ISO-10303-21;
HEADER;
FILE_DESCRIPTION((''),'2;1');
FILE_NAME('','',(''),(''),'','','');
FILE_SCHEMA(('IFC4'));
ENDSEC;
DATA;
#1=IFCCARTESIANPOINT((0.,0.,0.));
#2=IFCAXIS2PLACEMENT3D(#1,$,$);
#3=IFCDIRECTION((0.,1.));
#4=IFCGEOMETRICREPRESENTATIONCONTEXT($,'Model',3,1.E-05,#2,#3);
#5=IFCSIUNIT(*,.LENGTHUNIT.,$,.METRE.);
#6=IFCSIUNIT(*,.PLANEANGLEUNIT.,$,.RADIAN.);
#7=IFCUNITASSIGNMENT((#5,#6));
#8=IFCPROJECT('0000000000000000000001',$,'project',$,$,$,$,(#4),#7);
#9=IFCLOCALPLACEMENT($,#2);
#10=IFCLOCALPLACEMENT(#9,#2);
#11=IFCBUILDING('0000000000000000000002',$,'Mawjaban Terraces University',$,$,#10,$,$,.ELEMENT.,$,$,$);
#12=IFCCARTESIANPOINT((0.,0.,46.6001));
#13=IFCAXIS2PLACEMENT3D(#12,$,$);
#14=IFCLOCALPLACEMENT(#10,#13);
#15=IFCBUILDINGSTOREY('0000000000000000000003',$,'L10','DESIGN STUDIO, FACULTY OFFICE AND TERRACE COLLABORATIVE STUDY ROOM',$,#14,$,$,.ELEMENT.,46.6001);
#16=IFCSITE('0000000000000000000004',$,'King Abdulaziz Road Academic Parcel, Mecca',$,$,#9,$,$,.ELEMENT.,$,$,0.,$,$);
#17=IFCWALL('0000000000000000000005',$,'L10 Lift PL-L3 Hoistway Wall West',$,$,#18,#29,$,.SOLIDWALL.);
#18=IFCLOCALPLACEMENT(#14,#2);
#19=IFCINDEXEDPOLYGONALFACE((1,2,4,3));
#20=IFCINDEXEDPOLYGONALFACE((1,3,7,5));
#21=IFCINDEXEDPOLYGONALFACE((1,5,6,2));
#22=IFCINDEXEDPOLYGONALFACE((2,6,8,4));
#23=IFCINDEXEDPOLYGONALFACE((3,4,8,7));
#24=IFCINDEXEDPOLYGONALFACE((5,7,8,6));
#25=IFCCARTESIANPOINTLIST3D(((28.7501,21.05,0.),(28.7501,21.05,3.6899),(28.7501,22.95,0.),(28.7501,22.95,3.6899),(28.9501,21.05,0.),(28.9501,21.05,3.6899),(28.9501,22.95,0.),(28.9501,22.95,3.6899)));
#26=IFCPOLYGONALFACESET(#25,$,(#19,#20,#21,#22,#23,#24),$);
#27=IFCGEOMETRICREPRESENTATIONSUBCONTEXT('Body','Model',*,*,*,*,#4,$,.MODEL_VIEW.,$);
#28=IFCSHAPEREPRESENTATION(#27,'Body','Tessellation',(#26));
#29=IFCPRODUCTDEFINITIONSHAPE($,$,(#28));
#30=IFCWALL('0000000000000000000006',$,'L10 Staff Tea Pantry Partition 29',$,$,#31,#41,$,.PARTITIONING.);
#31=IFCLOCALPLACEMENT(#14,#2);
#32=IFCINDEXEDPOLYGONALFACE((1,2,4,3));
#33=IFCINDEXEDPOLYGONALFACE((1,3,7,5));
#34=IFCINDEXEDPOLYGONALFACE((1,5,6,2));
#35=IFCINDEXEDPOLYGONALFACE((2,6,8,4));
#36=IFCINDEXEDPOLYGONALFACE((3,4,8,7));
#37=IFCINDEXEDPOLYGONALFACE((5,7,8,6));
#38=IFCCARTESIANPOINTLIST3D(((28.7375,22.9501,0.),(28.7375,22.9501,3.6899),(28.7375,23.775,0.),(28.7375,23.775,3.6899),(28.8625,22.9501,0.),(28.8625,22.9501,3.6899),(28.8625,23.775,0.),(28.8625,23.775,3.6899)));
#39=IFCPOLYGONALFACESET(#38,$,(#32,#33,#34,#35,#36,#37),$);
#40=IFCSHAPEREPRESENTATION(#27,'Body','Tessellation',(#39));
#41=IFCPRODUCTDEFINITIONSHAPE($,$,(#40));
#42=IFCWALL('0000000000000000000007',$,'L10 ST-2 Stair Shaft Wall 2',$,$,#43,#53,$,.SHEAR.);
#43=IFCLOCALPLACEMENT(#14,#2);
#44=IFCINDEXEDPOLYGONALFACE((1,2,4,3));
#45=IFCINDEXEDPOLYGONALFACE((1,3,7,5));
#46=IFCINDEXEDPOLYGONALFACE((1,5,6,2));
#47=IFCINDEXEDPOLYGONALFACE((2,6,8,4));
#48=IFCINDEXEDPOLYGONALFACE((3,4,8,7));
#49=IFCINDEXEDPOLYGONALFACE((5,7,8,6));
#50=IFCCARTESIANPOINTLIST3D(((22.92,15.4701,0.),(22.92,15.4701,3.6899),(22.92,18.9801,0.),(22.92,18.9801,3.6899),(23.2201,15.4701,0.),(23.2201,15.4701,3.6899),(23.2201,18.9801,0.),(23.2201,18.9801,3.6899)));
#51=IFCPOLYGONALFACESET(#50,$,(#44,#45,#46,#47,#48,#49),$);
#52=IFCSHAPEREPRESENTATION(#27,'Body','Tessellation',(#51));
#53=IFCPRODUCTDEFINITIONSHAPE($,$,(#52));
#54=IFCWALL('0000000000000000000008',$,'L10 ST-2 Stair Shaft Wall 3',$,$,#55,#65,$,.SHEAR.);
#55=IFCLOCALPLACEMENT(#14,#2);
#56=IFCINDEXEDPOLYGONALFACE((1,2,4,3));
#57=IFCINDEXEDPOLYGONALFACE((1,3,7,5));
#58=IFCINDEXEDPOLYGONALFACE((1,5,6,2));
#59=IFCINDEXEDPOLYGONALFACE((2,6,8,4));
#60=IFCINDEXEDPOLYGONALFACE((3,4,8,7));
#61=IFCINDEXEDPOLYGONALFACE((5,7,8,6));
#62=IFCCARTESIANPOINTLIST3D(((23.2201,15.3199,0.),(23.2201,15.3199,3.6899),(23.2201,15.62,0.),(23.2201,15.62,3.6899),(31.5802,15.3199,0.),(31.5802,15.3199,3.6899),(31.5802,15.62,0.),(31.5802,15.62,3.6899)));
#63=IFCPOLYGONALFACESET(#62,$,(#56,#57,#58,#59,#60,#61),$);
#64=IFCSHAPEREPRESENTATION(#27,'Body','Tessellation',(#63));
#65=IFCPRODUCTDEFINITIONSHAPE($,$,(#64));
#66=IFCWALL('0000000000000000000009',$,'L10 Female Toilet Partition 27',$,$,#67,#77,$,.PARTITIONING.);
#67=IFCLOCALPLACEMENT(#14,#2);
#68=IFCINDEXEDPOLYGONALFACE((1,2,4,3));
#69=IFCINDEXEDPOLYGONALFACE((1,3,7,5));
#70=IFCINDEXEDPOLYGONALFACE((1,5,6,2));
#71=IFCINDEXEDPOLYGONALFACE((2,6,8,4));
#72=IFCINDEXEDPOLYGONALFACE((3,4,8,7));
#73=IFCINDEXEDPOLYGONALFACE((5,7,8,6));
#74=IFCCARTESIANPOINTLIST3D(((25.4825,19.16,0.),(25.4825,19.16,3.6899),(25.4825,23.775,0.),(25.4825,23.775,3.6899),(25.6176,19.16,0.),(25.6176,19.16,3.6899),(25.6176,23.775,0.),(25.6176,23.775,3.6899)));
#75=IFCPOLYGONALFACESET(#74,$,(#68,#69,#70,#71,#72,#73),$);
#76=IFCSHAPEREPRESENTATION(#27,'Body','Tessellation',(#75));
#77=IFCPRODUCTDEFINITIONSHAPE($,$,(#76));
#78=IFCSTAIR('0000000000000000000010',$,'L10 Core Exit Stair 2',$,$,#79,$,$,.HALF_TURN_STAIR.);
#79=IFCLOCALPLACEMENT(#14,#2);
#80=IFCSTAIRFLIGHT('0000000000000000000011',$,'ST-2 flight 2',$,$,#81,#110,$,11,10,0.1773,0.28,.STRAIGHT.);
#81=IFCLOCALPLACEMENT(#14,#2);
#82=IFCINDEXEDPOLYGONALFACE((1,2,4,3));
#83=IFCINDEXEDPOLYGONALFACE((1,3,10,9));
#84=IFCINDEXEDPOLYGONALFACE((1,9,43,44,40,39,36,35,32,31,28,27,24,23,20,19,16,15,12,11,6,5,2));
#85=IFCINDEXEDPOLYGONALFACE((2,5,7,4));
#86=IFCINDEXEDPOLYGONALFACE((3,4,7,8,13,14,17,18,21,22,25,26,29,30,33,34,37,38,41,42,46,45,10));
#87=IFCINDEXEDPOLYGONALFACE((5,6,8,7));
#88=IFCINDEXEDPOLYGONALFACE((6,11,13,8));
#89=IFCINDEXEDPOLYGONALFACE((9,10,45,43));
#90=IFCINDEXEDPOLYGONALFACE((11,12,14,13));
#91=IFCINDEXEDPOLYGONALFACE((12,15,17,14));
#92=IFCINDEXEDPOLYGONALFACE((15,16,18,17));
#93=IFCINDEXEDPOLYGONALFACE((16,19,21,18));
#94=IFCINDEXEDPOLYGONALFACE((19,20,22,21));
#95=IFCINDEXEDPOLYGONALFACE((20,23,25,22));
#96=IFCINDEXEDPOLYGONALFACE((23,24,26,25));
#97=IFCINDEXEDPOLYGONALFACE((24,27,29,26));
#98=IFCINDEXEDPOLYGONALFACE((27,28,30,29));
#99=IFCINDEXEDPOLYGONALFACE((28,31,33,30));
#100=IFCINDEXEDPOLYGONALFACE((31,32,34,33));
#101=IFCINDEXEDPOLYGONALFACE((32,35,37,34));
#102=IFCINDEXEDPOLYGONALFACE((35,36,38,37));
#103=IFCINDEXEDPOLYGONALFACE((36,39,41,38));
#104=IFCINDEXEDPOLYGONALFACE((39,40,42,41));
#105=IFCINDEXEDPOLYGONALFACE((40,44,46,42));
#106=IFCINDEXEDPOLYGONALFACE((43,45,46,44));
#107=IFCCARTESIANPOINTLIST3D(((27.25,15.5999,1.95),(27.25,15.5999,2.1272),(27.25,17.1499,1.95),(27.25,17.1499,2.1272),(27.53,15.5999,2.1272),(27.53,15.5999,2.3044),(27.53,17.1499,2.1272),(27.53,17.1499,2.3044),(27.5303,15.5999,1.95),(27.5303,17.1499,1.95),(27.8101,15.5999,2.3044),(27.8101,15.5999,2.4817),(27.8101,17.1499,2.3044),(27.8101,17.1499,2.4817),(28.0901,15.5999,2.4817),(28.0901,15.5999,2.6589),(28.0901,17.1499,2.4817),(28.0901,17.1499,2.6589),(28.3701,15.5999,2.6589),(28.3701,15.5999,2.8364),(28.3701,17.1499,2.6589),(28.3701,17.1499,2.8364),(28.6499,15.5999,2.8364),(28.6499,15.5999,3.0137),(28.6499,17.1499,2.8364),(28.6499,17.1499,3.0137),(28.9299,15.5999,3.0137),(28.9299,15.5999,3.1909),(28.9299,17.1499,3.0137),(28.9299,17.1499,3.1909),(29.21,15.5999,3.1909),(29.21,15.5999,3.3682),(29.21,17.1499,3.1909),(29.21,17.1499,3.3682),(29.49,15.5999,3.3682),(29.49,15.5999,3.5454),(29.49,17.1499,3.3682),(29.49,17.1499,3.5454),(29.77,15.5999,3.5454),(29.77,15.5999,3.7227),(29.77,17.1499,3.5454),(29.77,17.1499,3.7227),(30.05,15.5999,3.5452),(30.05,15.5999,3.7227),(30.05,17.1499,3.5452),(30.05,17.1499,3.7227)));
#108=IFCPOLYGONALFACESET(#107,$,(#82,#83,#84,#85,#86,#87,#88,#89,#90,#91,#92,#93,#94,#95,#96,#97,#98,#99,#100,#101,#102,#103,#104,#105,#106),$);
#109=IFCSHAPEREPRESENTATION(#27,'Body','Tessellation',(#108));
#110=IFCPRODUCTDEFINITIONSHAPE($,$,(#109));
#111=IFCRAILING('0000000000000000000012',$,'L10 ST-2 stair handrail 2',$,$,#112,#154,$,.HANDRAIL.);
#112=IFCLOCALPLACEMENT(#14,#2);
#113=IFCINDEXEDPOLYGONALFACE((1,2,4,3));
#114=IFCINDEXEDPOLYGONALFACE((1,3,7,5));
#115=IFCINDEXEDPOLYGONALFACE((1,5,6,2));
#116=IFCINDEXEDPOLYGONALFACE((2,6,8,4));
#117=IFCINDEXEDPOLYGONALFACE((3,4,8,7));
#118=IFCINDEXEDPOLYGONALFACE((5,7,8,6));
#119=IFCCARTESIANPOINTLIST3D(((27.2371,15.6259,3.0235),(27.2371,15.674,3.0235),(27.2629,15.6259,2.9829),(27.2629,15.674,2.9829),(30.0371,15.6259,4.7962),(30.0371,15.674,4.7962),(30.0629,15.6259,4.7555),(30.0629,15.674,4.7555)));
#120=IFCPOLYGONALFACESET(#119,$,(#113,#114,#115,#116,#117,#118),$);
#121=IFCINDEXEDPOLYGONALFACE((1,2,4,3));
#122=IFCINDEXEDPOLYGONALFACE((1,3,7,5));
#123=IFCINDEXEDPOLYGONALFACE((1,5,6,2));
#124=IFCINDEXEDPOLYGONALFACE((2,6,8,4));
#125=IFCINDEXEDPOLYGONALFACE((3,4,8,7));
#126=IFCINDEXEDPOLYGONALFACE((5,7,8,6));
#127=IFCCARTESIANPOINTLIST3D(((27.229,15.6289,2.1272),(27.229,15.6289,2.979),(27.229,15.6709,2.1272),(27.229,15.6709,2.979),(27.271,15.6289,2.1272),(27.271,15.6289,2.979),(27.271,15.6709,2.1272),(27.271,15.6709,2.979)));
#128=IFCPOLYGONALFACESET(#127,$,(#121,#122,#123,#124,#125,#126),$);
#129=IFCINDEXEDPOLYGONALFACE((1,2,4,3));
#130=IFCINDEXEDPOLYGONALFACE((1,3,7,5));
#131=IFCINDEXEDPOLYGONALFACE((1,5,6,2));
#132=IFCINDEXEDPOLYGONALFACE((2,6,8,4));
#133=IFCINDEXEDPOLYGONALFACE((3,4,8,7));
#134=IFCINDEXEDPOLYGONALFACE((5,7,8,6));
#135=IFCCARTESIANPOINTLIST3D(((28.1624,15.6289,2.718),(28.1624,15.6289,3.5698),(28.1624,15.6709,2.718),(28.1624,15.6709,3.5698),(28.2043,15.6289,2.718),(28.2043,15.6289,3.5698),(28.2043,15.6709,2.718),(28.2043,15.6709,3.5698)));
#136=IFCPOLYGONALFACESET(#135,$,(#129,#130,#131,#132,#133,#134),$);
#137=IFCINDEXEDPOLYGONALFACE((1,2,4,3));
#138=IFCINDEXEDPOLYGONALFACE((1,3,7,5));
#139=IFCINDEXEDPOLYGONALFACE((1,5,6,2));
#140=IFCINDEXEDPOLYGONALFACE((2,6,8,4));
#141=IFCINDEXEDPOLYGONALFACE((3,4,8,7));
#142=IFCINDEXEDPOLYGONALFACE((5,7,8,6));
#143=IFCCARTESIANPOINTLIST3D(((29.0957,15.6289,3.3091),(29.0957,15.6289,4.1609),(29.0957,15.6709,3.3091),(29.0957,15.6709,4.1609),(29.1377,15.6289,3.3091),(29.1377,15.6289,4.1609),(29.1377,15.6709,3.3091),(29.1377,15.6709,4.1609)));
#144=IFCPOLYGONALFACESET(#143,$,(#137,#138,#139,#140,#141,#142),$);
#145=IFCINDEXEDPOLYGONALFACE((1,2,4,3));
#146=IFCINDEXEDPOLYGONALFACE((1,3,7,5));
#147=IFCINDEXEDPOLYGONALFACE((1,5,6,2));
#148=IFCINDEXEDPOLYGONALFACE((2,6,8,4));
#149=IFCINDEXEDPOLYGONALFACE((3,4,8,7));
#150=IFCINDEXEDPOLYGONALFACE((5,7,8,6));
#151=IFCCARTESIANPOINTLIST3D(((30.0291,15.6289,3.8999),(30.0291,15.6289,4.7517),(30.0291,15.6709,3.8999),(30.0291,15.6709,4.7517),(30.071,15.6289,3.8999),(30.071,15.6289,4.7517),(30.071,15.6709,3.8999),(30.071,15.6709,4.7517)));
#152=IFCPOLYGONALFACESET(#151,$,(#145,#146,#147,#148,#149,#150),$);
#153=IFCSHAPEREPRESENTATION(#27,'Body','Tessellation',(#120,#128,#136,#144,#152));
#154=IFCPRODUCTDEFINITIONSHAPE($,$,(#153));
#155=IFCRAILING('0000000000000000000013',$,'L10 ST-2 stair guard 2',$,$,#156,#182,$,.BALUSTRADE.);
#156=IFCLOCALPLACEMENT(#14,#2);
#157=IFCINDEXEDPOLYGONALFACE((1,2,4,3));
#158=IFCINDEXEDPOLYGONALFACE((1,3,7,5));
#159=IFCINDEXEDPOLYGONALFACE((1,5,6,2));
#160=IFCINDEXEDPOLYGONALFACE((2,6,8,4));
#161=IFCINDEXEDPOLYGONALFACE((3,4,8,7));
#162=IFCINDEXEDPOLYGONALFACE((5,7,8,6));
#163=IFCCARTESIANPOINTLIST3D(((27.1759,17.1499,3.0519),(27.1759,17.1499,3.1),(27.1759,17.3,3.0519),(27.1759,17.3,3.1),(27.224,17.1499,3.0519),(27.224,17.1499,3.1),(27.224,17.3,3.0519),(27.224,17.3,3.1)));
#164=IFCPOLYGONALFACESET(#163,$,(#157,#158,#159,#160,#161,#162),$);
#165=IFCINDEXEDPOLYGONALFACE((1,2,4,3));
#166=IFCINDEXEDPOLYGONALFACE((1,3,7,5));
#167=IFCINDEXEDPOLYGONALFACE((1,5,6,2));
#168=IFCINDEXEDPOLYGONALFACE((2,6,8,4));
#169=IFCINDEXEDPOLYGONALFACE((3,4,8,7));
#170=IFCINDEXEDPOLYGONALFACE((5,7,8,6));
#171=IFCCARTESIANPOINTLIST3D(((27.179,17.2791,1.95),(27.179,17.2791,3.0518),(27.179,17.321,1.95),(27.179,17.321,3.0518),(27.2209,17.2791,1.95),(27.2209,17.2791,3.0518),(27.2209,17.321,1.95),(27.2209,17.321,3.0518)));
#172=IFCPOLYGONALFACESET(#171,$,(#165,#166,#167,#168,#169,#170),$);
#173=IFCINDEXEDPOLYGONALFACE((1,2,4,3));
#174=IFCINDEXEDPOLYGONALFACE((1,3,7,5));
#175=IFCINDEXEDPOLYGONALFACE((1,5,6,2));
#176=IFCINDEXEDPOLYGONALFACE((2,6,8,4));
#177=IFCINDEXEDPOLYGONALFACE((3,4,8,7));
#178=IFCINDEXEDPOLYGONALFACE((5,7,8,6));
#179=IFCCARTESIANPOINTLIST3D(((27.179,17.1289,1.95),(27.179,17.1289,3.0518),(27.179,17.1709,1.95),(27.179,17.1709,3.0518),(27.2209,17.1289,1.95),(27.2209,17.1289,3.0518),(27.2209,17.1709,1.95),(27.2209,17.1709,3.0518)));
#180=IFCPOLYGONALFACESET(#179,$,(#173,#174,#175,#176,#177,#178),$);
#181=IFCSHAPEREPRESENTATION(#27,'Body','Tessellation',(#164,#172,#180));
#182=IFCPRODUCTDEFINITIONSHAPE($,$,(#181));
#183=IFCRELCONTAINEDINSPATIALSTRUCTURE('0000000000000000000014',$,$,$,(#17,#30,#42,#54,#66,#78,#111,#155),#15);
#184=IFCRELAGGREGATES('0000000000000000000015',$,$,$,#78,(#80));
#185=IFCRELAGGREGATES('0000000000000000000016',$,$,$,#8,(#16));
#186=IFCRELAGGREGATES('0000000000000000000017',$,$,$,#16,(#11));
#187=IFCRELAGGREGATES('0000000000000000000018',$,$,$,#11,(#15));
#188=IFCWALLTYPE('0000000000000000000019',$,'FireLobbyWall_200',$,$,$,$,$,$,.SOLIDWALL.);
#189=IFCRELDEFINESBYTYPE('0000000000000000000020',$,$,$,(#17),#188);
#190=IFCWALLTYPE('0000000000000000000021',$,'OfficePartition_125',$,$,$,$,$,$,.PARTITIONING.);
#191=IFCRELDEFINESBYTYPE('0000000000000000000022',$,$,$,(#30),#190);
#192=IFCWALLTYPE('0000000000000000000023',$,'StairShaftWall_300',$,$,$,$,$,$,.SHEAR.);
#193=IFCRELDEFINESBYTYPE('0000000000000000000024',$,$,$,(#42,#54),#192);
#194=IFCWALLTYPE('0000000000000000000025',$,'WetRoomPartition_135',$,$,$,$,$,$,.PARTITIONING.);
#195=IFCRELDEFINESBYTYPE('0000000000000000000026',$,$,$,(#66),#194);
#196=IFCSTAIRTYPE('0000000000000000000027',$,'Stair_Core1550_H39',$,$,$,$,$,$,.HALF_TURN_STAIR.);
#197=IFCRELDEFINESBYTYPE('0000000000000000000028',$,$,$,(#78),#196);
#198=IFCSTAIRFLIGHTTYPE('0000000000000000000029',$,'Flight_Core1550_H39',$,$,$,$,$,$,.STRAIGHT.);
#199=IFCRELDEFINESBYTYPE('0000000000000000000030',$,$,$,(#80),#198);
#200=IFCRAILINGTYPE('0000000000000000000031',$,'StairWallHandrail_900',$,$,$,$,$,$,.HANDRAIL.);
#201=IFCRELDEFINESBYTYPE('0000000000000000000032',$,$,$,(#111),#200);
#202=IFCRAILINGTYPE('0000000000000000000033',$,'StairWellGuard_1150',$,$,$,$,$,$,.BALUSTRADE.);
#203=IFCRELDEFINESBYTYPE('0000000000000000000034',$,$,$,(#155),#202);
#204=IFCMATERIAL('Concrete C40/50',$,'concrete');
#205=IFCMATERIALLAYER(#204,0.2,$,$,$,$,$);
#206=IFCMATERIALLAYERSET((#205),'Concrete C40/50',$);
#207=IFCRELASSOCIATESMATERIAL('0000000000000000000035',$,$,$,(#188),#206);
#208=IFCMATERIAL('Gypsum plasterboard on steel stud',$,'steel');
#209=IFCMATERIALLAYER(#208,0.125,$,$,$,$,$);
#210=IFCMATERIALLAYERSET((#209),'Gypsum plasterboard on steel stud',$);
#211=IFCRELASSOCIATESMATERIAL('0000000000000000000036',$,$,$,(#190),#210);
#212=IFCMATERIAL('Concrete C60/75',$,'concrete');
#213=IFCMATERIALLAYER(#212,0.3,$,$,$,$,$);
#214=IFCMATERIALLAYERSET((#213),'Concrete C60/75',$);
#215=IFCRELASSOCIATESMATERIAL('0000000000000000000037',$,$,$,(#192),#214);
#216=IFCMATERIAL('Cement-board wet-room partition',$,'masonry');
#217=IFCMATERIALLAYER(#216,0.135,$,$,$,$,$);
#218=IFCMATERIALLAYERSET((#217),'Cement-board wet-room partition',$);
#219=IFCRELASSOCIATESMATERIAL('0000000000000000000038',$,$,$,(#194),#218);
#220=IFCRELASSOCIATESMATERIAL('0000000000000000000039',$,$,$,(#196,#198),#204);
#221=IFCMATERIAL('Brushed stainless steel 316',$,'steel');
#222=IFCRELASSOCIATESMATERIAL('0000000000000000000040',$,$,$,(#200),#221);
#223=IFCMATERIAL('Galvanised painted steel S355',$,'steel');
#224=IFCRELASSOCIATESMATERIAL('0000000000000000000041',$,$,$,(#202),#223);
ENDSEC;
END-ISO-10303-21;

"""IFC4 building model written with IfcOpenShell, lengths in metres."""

from ifc_helpers import new_model, si_unit, direction, frame, frame_2d, origin, origin_2d, place, context, subcontext, project, spatial, polyline, rectangle, outline, extrude, material, layer, layer_set, type_object, element, aggregate, save


model = new_model("IFC4")

# Units and contexts
model_context = context("Model", 3, precision=1e-05, world=origin(), true_north=direction((0.0, 1.0)))
body_context = subcontext(model_context, "Body", "Model", "MODEL_VIEW")
ifc_project = project(units=[si_unit("LENGTHUNIT", "METRE"), si_unit("PLANEANGLEUNIT", "RADIAN")], contexts=[model_context])

# Site, building, storey
site_placement = place(None, origin())
site = spatial("IfcSite", under=ifc_project, at=site_placement, Name="King Abdulaziz Road Academic Parcel, Mecca", CompositionType="ELEMENT", RefElevation=0.0)
building_placement = place(site_placement, origin())
building = spatial("IfcBuilding", under=site, at=building_placement, Name="Mawjaban Terraces University", CompositionType="ELEMENT")
storey_placement = place(building_placement, frame((0.0, 0.0, 46.6001)))
storey = spatial("IfcBuildingStorey", under=building, at=storey_placement, Name="L10", Description="DESIGN STUDIO, FACULTY OFFICE AND TERRACE COLLABORATIVE STUDY ROOM", CompositionType="ELEMENT", Elevation=46.6001)

# Walls
ifc_material_1 = material(Name="Concrete C40/50", Category="concrete")
ifc_layer_1 = layer(ifc_material_1, 0.2)
ifc_layer_set_1 = layer_set([ifc_layer_1], Name="Concrete C40/50")
wall_type_1 = type_object("IfcWallType", Name="FireLobbyWall_200", PredefinedType="SOLIDWALL", material=ifc_layer_set_1)
wall_1_placement = place(storey_placement, frame((28.8501, 22.95, 0.0), z_axis=(0.0, 0.0, 1.0), x_axis=(0.0, -1.0, 0.0)))
element("IfcWall", 1, at=wall_1_placement, inside=storey, type_object=wall_type_1, Name="L10 Lift PL-L3 Hoistway Wall West", PredefinedType="SOLIDWALL", context=body_context, shape_type="SweptSolid", body=[
    extrude(rectangle(XDim=1.8999, YDim=0.2, at=frame_2d((0.95, 0.0))), origin(), (0.0, 0.0, 1.0), 3.6899),
])
ifc_material_2 = material(Name="Gypsum plasterboard on steel stud", Category="steel")
ifc_layer_2 = layer(ifc_material_2, 0.125)
ifc_layer_set_2 = layer_set([ifc_layer_2], Name="Gypsum plasterboard on steel stud")
wall_type_2 = type_object("IfcWallType", Name="OfficePartition_125", PredefinedType="PARTITIONING", material=ifc_layer_set_2)
wall_2_placement = place(storey_placement, frame((28.8, 22.95, 0.0), z_axis=(0.0, 0.0, 1.0), x_axis=(0.0, 1.0, 0.0)))
element("IfcWall", 2, at=wall_2_placement, inside=storey, type_object=wall_type_2, Name="L10 Staff Tea Pantry Partition 29", PredefinedType="PARTITIONING", context=body_context, shape_type="SweptSolid", body=[
    extrude(rectangle(XDim=0.825, YDim=0.125, at=frame_2d((0.4126, 0.0))), origin(), (0.0, 0.0, 1.0), 3.6899),
])
ifc_material_3 = material(Name="Concrete C60/75", Category="concrete")
ifc_layer_3 = layer(ifc_material_3, 0.3)
ifc_layer_set_3 = layer_set([ifc_layer_3], Name="Concrete C60/75")
wall_type_3 = type_object("IfcWallType", Name="StairShaftWall_300", PredefinedType="SHEAR", material=ifc_layer_set_3)
wall_3_placement = place(storey_placement, frame((23.0701, 18.98, 0.0), z_axis=(0.0, 0.0, 1.0), x_axis=(0.0, -1.0, 0.0)))
element("IfcWall", 3, at=wall_3_placement, inside=storey, type_object=wall_type_3, Name="L10 ST-2 Stair Shaft Wall 2", PredefinedType="SHEAR", context=body_context, shape_type="SweptSolid", body=[
    extrude(rectangle(XDim=3.51, YDim=0.3, at=frame_2d((1.7549, 0.0))), origin(), (0.0, 0.0, 1.0), 3.6899),
])
wall_4_placement = place(storey_placement, frame((23.22, 15.47, 0.0), z_axis=(0.0, 0.0, 1.0), x_axis=(1.0, 0.0, 0.0)))
element("IfcWall", 4, at=wall_4_placement, inside=storey, type_object=wall_type_3, Name="L10 ST-2 Stair Shaft Wall 3", PredefinedType="SHEAR", context=body_context, shape_type="SweptSolid", body=[
    extrude(rectangle(XDim=8.3601, YDim=0.3, at=frame_2d((4.1802, 0.0))), origin(), (0.0, 0.0, 1.0), 3.6899),
])
ifc_material_4 = material(Name="Cement-board wet-room partition", Category="masonry")
ifc_layer_4 = layer(ifc_material_4, 0.135)
ifc_layer_set_4 = layer_set([ifc_layer_4], Name="Cement-board wet-room partition")
wall_type_4 = type_object("IfcWallType", Name="WetRoomPartition_135", PredefinedType="PARTITIONING", material=ifc_layer_set_4)
wall_5_placement = place(storey_placement, frame((25.55, 19.1599, 0.0), z_axis=(0.0, 0.0, 1.0), x_axis=(0.0, 1.0, 0.0)))
element("IfcWall", 5, at=wall_5_placement, inside=storey, type_object=wall_type_4, Name="L10 Female Toilet Partition 27", PredefinedType="PARTITIONING", context=body_context, shape_type="SweptSolid", body=[
    extrude(rectangle(XDim=4.615, YDim=0.135, at=frame_2d((2.3076, 0.0))), origin(), (0.0, 0.0, 1.0), 3.6899),
])

# Stair, stair flight
stair_type = type_object("IfcStairType", Name="Stair_Core1550_H39", PredefinedType="HALF_TURN_STAIR", material=ifc_material_1)
stair_placement = place(storey_placement, origin())
stair = element("IfcStair", 6, at=stair_placement, inside=storey, type_object=stair_type, Name="L10 Core Exit Stair 2", PredefinedType="HALF_TURN_STAIR")
stair_flight_type = type_object("IfcStairFlightType", Name="Flight_Core1550_H39", PredefinedType="STRAIGHT", material=ifc_material_1)
stair_flight_placement = place(storey_placement, frame((27.25, 16.375, 1.95), z_axis=(0.0, 0.0, 1.0), x_axis=(1.0, 0.0, 0.0)))
stair_flight = element("IfcStairFlight", 7, at=stair_flight_placement, type_object=stair_flight_type, Name="ST-2 flight 2", NumberOfRisers=11, NumberOfTreads=10, PredefinedType="STRAIGHT", RiserHeight=0.1773, TreadLength=0.28, context=body_context, shape_type="SweptSolid", body=[
    extrude(outline(polyline([(0.0, 0.0), (0.0, 0.1772), (0.28, 0.1772), (0.28, 0.3545), (0.5601, 0.3545), (0.5601, 0.5317), (0.8401, 0.5317), (0.8401, 0.709), (1.1201, 0.709), (1.1201, 0.8865), (1.3999, 0.8865), (1.3999, 1.0637), (1.6799, 1.0637), (1.6799, 1.241), (1.96, 1.241), (1.96, 1.4182), (2.24, 1.4182), (2.24, 1.5955), (2.52, 1.5955), (2.52, 1.7727), (2.8, 1.7727), (2.8, 1.95), (2.8, 1.5952), (0.2803, 0.0), (0.0, 0.0)])), frame((0.0, 0.7749, 0.0), z_axis=(0.0, -1.0, 0.0), x_axis=(1.0, 0.0, 0.0)), (0.0, 0.0, 1.0), 1.55),
])
aggregate(stair, [stair_flight])

# Railings
ifc_material_5 = material(Name="Brushed stainless steel 316", Category="steel")
railing_type_1 = type_object("IfcRailingType", Name="StairWallHandrail_900", PredefinedType="HANDRAIL", material=ifc_material_5)
railing_1_placement = place(storey_placement, frame((27.25, 15.6499, 2.1272)))
element("IfcRailing", 8, at=railing_1_placement, inside=storey, type_object=railing_type_1, Name="L10 ST-2 stair handrail 2", PredefinedType="HANDRAIL", context=body_context, shape_type="SweptSolid", body=[
    extrude(rectangle(XDim=0.0481, YDim=0.0481, at=origin_2d()), frame((0.0, 0.0, 0.876), z_axis=(0.844909, 0.0, 0.53491), x_axis=(0.0, 1.0, 0.0)), (0.0, 0.0, 1.0), 3.314),
    extrude(rectangle(XDim=0.042, YDim=0.042, at=origin_2d()), origin(), (0.0, 0.0, 1.0), 0.8518),
    extrude(rectangle(XDim=0.042, YDim=0.042, at=origin_2d()), frame((0.9333, 0.0, 0.5908)), (0.0, 0.0, 1.0), 0.8518),
    extrude(rectangle(XDim=0.042, YDim=0.042, at=origin_2d()), frame((1.8667, 0.0, 1.1819)), (0.0, 0.0, 1.0), 0.8518),
    extrude(rectangle(XDim=0.042, YDim=0.042, at=origin_2d()), frame((2.8, 0.0, 1.7727)), (0.0, 0.0, 1.0), 0.8518),
])
ifc_material_6 = material(Name="Galvanised painted steel S355", Category="steel")
railing_type_2 = type_object("IfcRailingType", Name="StairWellGuard_1150", PredefinedType="BALUSTRADE", material=ifc_material_6)
railing_2_placement = place(storey_placement, frame((27.2, 17.3, 1.95)))
element("IfcRailing", 9, at=railing_2_placement, inside=storey, type_object=railing_type_2, Name="L10 ST-2 stair guard 2", PredefinedType="BALUSTRADE", context=body_context, shape_type="SweptSolid", body=[
    extrude(rectangle(XDim=0.0481, YDim=0.0481, at=origin_2d()), frame((0.0, 0.0, 1.126), z_axis=(0.0, -1.0, 0.0), x_axis=(1.0, 0.0, 0.0)), (0.0, 0.0, 1.0), 0.1501),
    extrude(rectangle(XDim=0.042, YDim=0.042, at=origin_2d()), origin(), (0.0, 0.0, 1.0), 1.1018),
    extrude(rectangle(XDim=0.042, YDim=0.042, at=origin_2d()), frame((0.0, -0.1501, 0.0)), (0.0, 0.0, 1.0), 1.1018),
])

save(model, "model.ifc")
